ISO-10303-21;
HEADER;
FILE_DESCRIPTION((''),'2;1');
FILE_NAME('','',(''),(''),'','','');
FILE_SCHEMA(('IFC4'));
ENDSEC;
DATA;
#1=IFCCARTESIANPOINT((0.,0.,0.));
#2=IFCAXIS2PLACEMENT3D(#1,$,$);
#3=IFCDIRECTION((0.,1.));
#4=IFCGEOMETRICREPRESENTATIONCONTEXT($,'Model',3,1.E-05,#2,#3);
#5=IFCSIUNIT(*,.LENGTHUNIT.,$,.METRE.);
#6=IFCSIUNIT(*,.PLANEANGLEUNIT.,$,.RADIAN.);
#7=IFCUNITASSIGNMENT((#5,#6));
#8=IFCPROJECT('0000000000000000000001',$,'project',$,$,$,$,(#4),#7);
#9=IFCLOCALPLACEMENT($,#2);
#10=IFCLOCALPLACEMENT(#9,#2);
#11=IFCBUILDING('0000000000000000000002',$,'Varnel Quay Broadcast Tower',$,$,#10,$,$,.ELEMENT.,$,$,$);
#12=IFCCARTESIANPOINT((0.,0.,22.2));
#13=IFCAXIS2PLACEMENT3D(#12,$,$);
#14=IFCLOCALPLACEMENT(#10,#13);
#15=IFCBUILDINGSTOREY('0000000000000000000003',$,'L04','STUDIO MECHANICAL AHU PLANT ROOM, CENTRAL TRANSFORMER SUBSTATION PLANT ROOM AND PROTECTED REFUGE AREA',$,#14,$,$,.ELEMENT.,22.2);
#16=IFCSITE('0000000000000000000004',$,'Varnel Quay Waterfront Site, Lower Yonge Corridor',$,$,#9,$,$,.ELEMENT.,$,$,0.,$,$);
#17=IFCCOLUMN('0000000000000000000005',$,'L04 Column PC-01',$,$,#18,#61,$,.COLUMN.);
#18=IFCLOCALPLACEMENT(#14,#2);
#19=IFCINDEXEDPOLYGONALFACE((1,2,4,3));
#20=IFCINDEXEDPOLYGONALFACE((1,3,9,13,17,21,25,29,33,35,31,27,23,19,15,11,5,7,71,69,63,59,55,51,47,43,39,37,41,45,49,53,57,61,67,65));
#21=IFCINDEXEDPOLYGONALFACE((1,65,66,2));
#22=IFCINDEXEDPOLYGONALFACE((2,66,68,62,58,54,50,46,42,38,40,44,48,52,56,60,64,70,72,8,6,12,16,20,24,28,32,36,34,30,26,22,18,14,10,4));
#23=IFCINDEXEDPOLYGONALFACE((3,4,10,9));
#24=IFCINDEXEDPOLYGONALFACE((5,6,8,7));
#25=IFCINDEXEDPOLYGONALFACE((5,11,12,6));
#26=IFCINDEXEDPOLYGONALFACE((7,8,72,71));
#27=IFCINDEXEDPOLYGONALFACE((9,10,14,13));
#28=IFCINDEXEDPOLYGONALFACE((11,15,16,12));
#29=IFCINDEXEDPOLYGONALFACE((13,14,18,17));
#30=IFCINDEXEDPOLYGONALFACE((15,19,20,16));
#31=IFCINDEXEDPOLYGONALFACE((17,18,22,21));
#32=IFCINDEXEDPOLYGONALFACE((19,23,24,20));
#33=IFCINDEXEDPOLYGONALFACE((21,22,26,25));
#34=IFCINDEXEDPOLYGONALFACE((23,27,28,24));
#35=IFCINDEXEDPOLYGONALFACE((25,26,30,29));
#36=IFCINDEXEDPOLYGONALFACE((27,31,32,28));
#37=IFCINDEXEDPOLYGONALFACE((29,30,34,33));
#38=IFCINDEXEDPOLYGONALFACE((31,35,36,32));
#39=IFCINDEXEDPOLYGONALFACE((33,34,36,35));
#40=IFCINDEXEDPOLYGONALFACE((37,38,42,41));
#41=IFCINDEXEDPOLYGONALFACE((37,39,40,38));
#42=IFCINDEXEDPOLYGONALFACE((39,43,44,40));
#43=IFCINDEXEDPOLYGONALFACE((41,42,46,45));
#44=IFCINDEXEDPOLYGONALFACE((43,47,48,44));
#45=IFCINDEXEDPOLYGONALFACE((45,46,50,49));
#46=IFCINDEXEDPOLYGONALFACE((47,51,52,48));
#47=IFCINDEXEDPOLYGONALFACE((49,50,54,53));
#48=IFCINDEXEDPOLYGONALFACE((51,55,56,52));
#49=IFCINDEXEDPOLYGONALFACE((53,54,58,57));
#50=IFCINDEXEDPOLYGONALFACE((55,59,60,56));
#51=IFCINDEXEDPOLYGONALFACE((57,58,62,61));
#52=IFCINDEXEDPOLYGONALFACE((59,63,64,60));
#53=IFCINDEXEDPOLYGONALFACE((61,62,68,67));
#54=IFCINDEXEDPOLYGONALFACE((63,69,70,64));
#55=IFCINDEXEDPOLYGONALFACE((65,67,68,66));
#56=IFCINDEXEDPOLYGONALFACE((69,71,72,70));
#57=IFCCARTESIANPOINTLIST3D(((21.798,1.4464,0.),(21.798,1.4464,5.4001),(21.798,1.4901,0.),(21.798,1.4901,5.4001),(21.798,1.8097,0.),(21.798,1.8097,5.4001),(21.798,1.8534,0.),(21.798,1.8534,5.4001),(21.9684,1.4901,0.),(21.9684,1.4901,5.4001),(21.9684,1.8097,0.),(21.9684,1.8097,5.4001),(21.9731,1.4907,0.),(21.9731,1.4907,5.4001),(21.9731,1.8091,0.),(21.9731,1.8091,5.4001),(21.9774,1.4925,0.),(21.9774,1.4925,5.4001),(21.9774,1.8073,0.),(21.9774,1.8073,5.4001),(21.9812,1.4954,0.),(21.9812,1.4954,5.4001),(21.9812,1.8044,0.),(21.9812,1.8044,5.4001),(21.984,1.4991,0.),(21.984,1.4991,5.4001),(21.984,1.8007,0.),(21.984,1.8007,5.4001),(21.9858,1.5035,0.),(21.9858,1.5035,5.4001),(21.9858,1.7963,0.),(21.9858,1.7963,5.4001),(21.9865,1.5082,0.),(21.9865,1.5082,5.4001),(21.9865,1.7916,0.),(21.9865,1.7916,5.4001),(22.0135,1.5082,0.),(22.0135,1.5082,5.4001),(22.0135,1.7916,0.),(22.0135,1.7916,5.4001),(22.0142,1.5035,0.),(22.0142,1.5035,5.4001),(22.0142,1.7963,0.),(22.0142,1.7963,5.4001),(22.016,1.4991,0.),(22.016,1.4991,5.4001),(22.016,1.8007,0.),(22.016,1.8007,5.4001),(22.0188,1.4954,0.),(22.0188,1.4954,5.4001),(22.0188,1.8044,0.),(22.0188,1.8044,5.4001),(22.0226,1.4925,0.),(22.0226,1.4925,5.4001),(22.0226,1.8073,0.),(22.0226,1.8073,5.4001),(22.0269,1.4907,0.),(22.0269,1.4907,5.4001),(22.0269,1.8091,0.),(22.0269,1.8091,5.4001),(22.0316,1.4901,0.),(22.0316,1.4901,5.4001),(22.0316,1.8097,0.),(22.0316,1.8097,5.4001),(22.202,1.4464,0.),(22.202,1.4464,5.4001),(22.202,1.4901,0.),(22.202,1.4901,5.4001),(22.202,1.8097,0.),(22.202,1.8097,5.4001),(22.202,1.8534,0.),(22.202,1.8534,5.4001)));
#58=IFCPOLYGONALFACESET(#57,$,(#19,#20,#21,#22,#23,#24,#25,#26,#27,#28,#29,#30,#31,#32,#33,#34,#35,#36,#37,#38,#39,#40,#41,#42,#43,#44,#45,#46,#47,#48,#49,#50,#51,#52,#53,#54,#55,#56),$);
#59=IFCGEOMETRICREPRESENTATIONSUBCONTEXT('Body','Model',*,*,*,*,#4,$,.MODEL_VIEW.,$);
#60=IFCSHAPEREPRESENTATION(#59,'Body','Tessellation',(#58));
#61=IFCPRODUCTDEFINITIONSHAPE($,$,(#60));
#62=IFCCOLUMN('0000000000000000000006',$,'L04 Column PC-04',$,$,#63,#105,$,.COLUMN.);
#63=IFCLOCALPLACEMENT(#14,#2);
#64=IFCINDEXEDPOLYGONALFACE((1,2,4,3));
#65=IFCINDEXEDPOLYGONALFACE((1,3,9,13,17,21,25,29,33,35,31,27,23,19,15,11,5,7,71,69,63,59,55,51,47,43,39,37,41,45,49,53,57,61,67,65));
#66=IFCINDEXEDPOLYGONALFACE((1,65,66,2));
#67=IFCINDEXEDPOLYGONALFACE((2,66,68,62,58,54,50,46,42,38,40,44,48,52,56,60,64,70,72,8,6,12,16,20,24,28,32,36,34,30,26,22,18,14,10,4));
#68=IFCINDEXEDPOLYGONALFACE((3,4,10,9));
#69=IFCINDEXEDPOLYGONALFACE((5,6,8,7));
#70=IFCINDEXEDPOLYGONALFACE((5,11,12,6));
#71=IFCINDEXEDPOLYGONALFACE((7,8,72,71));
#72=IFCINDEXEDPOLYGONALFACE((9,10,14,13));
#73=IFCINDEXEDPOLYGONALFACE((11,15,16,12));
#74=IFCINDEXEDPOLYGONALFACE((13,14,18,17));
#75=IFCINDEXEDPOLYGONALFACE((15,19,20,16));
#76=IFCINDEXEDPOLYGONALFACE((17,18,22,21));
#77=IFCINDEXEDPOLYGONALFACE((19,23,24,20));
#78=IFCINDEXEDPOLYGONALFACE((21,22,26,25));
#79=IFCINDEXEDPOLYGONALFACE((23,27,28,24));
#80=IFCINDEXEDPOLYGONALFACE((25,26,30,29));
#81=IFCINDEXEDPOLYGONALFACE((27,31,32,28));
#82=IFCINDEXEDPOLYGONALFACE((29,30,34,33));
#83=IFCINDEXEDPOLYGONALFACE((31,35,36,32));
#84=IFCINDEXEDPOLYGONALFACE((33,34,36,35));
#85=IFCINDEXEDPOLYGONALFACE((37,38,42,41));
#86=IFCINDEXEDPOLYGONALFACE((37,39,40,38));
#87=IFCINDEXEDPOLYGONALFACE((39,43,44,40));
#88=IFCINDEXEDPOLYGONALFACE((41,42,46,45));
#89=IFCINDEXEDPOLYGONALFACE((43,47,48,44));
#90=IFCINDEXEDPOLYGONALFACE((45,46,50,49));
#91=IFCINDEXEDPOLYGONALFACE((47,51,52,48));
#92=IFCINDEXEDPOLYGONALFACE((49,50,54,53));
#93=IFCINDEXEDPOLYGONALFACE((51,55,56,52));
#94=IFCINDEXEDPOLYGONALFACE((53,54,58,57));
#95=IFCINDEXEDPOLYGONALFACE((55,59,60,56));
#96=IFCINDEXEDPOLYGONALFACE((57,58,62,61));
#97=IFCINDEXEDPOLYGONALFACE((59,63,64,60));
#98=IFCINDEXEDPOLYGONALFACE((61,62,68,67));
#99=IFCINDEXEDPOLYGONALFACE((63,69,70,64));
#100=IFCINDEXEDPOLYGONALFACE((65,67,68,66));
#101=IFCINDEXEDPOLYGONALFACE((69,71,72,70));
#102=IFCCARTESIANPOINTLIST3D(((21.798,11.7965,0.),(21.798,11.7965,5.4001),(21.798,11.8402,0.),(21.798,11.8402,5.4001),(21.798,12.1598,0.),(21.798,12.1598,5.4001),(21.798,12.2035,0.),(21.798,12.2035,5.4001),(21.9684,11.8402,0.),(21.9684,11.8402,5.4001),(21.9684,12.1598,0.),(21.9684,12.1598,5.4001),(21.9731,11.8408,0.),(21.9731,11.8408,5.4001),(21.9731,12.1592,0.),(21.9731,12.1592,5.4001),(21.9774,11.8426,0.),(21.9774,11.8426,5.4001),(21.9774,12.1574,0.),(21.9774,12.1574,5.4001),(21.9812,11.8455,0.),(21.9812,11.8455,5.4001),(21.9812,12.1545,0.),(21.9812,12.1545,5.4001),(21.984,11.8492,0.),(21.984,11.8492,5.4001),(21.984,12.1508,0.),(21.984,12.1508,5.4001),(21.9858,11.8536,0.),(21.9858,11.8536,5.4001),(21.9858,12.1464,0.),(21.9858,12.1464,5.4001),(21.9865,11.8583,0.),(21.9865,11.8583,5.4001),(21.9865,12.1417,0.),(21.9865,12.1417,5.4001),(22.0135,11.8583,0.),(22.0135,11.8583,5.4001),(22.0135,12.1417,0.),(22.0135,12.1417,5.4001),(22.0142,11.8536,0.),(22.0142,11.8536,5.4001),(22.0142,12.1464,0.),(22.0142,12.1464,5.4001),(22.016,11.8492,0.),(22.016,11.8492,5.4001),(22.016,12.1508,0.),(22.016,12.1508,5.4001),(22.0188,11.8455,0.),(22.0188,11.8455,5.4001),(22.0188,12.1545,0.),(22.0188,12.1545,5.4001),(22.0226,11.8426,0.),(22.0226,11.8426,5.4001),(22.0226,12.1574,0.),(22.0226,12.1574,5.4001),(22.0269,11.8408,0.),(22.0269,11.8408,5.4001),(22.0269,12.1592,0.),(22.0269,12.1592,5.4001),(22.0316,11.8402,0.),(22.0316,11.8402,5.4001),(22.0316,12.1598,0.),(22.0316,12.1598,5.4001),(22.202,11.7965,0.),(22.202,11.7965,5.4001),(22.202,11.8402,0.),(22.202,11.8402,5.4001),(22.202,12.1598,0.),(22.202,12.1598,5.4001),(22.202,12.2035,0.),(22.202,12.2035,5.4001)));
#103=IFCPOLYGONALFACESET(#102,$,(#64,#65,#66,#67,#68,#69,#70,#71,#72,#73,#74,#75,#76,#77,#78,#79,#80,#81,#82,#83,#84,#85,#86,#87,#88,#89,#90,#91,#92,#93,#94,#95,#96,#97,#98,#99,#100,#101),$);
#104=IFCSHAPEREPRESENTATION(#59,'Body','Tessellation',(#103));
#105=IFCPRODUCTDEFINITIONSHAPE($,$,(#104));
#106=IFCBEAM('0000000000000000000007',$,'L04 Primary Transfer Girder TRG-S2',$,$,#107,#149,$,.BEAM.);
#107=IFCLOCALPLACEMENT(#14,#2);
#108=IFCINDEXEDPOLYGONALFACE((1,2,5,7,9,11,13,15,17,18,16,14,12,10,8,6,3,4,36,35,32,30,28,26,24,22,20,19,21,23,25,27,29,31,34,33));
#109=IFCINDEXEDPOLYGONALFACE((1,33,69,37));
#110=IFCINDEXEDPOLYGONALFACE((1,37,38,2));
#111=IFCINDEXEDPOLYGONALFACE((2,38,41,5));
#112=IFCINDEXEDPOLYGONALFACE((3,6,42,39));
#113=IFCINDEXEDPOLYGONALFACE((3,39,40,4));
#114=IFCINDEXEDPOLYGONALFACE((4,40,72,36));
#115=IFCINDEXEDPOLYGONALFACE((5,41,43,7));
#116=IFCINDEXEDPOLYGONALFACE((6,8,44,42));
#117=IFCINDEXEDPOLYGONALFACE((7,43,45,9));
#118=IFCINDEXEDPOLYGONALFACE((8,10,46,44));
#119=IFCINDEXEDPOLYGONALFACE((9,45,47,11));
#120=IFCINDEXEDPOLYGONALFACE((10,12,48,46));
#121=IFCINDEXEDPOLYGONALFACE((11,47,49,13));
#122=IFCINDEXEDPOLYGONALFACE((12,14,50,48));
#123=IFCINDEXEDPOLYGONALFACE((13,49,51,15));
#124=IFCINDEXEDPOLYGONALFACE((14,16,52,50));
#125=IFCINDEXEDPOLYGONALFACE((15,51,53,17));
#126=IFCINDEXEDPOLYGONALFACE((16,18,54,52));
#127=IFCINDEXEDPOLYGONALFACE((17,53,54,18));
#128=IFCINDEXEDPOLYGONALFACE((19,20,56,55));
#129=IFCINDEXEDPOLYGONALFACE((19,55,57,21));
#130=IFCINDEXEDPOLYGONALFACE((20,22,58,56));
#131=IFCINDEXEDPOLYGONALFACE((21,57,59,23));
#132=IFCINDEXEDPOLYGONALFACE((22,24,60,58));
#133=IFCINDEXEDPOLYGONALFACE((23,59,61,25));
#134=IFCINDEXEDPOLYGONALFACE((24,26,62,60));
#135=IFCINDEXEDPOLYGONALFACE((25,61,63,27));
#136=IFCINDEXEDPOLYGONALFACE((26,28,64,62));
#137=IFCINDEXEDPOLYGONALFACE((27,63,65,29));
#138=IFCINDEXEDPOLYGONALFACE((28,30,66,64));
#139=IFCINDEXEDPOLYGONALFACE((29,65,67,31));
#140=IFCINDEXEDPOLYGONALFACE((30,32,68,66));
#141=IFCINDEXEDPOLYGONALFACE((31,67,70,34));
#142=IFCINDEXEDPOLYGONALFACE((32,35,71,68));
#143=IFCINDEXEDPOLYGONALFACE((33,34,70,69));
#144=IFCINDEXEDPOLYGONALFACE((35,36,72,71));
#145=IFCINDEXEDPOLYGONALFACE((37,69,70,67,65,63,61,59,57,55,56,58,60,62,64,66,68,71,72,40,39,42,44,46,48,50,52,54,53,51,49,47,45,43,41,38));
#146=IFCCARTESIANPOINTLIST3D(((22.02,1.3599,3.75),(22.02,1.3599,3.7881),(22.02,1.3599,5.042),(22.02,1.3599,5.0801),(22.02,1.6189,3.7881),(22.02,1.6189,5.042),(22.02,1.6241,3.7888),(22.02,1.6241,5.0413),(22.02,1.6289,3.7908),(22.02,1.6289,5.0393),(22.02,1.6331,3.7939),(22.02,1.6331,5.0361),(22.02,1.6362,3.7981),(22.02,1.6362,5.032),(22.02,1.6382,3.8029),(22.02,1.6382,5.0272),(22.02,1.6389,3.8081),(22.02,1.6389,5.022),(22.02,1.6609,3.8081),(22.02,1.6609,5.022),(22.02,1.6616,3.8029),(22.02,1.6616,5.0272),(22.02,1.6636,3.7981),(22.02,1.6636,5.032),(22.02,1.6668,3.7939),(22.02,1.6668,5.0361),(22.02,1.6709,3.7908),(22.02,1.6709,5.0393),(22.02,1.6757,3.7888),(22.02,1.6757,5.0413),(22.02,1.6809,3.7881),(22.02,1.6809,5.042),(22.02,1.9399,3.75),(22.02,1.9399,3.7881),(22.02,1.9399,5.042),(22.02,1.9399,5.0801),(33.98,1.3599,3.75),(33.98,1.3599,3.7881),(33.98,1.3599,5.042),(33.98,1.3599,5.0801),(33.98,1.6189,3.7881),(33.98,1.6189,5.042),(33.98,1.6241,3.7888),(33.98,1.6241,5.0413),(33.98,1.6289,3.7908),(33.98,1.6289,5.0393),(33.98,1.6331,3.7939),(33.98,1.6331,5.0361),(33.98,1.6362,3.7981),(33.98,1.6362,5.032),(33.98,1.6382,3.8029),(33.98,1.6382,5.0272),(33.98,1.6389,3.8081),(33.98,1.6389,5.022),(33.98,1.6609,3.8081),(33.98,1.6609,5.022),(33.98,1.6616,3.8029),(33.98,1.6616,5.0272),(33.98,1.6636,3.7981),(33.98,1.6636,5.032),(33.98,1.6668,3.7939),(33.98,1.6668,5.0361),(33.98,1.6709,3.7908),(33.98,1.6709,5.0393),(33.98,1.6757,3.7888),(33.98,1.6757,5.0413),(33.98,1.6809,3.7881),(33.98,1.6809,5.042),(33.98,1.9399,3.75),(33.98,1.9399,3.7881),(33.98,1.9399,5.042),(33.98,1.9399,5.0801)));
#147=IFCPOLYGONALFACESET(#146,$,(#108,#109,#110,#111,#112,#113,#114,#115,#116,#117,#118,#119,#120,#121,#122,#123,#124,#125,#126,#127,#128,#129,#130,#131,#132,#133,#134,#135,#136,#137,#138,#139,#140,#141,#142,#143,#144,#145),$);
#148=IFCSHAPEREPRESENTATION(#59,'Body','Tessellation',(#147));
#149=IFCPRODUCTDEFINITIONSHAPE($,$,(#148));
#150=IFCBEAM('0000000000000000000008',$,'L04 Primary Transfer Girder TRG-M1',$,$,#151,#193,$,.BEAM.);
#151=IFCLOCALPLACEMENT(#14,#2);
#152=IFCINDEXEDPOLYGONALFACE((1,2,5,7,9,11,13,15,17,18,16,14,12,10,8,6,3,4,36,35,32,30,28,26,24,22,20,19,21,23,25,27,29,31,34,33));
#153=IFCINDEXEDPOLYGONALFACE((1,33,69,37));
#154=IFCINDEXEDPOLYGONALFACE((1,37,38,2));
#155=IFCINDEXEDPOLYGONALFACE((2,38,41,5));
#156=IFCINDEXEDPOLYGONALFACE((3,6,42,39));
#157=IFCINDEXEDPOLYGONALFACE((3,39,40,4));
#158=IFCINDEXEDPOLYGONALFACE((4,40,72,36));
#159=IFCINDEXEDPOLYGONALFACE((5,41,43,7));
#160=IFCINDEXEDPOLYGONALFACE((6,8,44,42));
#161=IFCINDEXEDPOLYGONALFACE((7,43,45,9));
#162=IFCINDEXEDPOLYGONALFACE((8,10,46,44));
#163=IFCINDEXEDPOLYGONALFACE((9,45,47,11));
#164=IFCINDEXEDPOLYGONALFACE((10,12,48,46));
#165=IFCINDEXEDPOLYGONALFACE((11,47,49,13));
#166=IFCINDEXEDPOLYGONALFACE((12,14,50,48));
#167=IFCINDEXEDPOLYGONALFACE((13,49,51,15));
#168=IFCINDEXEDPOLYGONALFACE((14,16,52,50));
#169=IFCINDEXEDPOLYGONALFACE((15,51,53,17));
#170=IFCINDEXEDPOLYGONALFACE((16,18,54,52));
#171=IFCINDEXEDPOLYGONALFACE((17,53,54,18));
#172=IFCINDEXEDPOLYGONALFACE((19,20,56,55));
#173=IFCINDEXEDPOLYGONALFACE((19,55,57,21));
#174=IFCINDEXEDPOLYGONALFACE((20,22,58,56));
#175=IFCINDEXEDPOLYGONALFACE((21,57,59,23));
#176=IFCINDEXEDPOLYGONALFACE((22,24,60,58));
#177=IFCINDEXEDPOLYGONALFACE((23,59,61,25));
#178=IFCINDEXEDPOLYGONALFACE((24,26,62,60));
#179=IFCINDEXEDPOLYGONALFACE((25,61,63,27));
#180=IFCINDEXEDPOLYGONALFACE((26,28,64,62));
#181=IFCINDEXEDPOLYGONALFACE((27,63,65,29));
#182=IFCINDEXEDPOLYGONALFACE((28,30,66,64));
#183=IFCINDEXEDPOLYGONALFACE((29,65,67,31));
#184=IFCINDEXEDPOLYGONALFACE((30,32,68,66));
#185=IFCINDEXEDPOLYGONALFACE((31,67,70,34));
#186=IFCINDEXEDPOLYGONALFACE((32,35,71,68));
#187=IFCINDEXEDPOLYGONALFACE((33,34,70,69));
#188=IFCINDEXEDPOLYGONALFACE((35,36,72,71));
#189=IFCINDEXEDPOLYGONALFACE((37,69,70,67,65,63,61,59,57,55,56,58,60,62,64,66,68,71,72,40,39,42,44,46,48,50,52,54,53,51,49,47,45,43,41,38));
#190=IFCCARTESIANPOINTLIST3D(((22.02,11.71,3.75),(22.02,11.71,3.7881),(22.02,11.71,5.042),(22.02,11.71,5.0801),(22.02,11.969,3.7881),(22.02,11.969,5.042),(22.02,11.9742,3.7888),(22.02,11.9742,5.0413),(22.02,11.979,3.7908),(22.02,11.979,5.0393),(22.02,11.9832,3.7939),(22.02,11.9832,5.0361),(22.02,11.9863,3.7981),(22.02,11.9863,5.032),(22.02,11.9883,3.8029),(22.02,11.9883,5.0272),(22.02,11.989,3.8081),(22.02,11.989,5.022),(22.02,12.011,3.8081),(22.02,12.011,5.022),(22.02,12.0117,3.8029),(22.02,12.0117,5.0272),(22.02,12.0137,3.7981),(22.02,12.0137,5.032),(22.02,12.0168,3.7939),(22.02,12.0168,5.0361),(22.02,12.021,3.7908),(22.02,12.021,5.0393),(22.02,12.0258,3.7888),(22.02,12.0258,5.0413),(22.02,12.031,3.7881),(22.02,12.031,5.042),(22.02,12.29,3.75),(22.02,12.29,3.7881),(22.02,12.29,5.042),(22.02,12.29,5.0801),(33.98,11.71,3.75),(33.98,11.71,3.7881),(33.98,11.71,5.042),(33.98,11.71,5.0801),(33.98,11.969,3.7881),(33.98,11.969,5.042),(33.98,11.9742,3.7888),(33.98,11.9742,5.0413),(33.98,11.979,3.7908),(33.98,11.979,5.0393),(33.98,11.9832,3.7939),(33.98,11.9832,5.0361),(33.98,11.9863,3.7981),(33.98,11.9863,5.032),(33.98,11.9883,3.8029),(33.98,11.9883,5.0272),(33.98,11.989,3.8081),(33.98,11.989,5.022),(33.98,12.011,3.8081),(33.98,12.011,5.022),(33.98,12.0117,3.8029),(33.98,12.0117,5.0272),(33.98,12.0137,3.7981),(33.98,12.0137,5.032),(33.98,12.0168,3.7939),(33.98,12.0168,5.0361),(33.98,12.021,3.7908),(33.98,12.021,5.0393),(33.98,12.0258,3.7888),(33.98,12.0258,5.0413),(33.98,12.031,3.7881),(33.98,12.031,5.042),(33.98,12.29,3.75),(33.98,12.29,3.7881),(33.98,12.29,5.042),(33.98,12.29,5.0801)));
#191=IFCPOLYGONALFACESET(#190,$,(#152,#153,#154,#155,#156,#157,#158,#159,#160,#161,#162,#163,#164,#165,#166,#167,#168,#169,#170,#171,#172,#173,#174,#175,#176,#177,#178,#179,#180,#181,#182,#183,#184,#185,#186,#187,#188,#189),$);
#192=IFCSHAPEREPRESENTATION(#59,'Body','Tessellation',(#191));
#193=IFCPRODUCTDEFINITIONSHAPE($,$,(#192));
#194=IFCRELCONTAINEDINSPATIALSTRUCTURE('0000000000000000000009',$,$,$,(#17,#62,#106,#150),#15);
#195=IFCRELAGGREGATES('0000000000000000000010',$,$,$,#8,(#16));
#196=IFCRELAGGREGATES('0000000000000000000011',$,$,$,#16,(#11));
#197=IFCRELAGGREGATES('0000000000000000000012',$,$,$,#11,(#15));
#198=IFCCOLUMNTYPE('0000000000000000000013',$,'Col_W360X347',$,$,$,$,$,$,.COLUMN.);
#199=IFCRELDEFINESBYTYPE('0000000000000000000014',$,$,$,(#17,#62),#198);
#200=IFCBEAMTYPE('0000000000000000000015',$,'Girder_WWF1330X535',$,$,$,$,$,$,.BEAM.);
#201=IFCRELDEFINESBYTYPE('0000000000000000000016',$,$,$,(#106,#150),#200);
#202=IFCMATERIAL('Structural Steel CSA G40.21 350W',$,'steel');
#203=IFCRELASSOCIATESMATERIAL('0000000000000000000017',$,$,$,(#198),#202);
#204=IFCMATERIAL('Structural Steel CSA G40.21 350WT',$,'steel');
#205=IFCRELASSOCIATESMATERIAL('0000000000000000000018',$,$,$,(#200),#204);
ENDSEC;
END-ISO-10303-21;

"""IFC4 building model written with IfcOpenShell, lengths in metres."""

from ifc_helpers import new_model, si_unit, direction, frame, origin, origin_2d, place, context, subcontext, project, spatial, i_section, extrude, source, transform, mapped, material, material_profile, profile_set, type_object, type_shapes, element, save


model = new_model("IFC4")

# Units and contexts
model_context = context("Model", 3, precision=1e-05, world=origin(), true_north=direction((0.0, 1.0)))
body_context = subcontext(model_context, "Body", "Model", "MODEL_VIEW")
ifc_project = project(units=[si_unit("LENGTHUNIT", "METRE"), si_unit("PLANEANGLEUNIT", "RADIAN")], contexts=[model_context])

# Site, building, storey
site_placement = place(None, origin())
site = spatial("IfcSite", under=ifc_project, at=site_placement, Name="Varnel Quay Waterfront Site, Lower Yonge Corridor", CompositionType="ELEMENT", RefElevation=0.0)
building_placement = place(site_placement, origin())
building = spatial("IfcBuilding", under=site, at=building_placement, Name="Varnel Quay Broadcast Tower", CompositionType="ELEMENT")
storey_placement = place(building_placement, frame((0.0, 0.0, 22.2)))
storey = spatial("IfcBuildingStorey", under=building, at=storey_placement, Name="L04", Description="STUDIO MECHANICAL AHU PLANT ROOM, CENTRAL TRANSFORMER SUBSTATION PLANT ROOM AND PROTECTED REFUGE AREA", CompositionType="ELEMENT", Elevation=22.2)

# Columns
ifc_material_1 = material(Name="Structural Steel CSA G40.21 350W", Category="steel")
ifc_material_profile_1 = material_profile(ifc_material_1, i_section(OverallWidth=0.4041, OverallDepth=0.407, WebThickness=0.0271, FlangeThickness=0.0437, FilletRadius=0.0181, at=origin_2d()), Name="W360X347")
ifc_profile_set_1 = profile_set([ifc_material_profile_1], Name="Structural Steel CSA G40.21 350W")
column_type = type_object("IfcColumnType", Name="Col_W360X347", PredefinedType="COLUMN", material=ifc_profile_set_1)
shared_shape_1 = source(origin(), body_context, "Body", "SweptSolid", [
    extrude(i_section(OverallWidth=0.4041, OverallDepth=0.407, WebThickness=0.0271, FlangeThickness=0.0437, FilletRadius=0.0181, at=origin_2d()), origin(), (0.0, 0.0, 1.0), 5.4001),
])
type_shapes(column_type, [shared_shape_1])
for number, where, z_axis, x_axis, name in (
    (1, (22.0, 1.6499, 0.0), (0.0, 0.0, 1.0), (1.0, 0.0, 0.0), "L04 Column PC-01"),
    (2, (22.0, 12.0, 0.0), (0.0, 0.0, 1.0), (1.0, 0.0, 0.0), "L04 Column PC-04"),
):
    element("IfcColumn", number, at=place(storey_placement, frame(where, z_axis=z_axis, x_axis=x_axis)), inside=storey, type_object=column_type, Name=name, PredefinedType="COLUMN", context=body_context, shape_type="MappedRepresentation", body=[
        mapped(shared_shape_1, transform((0.0, 0.0, 0.0), x_axis=(1.0, 0.0, 0.0), y_axis=(0.0, 1.0, 0.0), z_axis=(0.0, 0.0, 1.0), scale=1.0)),
    ])

# Beams
ifc_material_2 = material(Name="Structural Steel CSA G40.21 350WT", Category="steel")
ifc_material_profile_2 = material_profile(ifc_material_2, i_section(OverallWidth=0.5801, OverallDepth=1.3301, WebThickness=0.022, FlangeThickness=0.0381, FilletRadius=0.02, at=origin_2d()), Name="WWF1330X535")
ifc_profile_set_2 = profile_set([ifc_material_profile_2], Name="Structural Steel CSA G40.21 350WT")
beam_type_1 = type_object("IfcBeamType", Name="Girder_WWF1330X535", PredefinedType="BEAM", material=ifc_profile_set_2)
shared_shape_2 = source(origin(), body_context, "Body", "SweptSolid", [
    extrude(i_section(OverallWidth=0.5801, OverallDepth=1.3301, WebThickness=0.022, FlangeThickness=0.0381, FilletRadius=0.02, at=origin_2d()), origin(), (0.0, 0.0, 1.0), 11.96),
])
for number, where, z_axis, x_axis, name in (
    (3, (22.02, 1.6499, 4.415), (1.0, 0.0, 0.0), (0.0, 1.0, 0.0), "L04 Primary Transfer Girder TRG-S2"),
    (4, (22.02, 12.0, 4.415), (1.0, 0.0, 0.0), (0.0, 1.0, 0.0), "L04 Primary Transfer Girder TRG-M1"),
):
    element("IfcBeam", number, at=place(storey_placement, frame(where, z_axis=z_axis, x_axis=x_axis)), inside=storey, type_object=beam_type_1, Name=name, PredefinedType="BEAM", context=body_context, shape_type="MappedRepresentation", body=[
        mapped(shared_shape_2, transform((0.0, 0.0, 0.0), x_axis=(1.0, 0.0, 0.0), y_axis=(0.0, 1.0, 0.0), z_axis=(0.0, 0.0, 1.0), scale=1.0)),
    ])

save(model, "model.ifc")
